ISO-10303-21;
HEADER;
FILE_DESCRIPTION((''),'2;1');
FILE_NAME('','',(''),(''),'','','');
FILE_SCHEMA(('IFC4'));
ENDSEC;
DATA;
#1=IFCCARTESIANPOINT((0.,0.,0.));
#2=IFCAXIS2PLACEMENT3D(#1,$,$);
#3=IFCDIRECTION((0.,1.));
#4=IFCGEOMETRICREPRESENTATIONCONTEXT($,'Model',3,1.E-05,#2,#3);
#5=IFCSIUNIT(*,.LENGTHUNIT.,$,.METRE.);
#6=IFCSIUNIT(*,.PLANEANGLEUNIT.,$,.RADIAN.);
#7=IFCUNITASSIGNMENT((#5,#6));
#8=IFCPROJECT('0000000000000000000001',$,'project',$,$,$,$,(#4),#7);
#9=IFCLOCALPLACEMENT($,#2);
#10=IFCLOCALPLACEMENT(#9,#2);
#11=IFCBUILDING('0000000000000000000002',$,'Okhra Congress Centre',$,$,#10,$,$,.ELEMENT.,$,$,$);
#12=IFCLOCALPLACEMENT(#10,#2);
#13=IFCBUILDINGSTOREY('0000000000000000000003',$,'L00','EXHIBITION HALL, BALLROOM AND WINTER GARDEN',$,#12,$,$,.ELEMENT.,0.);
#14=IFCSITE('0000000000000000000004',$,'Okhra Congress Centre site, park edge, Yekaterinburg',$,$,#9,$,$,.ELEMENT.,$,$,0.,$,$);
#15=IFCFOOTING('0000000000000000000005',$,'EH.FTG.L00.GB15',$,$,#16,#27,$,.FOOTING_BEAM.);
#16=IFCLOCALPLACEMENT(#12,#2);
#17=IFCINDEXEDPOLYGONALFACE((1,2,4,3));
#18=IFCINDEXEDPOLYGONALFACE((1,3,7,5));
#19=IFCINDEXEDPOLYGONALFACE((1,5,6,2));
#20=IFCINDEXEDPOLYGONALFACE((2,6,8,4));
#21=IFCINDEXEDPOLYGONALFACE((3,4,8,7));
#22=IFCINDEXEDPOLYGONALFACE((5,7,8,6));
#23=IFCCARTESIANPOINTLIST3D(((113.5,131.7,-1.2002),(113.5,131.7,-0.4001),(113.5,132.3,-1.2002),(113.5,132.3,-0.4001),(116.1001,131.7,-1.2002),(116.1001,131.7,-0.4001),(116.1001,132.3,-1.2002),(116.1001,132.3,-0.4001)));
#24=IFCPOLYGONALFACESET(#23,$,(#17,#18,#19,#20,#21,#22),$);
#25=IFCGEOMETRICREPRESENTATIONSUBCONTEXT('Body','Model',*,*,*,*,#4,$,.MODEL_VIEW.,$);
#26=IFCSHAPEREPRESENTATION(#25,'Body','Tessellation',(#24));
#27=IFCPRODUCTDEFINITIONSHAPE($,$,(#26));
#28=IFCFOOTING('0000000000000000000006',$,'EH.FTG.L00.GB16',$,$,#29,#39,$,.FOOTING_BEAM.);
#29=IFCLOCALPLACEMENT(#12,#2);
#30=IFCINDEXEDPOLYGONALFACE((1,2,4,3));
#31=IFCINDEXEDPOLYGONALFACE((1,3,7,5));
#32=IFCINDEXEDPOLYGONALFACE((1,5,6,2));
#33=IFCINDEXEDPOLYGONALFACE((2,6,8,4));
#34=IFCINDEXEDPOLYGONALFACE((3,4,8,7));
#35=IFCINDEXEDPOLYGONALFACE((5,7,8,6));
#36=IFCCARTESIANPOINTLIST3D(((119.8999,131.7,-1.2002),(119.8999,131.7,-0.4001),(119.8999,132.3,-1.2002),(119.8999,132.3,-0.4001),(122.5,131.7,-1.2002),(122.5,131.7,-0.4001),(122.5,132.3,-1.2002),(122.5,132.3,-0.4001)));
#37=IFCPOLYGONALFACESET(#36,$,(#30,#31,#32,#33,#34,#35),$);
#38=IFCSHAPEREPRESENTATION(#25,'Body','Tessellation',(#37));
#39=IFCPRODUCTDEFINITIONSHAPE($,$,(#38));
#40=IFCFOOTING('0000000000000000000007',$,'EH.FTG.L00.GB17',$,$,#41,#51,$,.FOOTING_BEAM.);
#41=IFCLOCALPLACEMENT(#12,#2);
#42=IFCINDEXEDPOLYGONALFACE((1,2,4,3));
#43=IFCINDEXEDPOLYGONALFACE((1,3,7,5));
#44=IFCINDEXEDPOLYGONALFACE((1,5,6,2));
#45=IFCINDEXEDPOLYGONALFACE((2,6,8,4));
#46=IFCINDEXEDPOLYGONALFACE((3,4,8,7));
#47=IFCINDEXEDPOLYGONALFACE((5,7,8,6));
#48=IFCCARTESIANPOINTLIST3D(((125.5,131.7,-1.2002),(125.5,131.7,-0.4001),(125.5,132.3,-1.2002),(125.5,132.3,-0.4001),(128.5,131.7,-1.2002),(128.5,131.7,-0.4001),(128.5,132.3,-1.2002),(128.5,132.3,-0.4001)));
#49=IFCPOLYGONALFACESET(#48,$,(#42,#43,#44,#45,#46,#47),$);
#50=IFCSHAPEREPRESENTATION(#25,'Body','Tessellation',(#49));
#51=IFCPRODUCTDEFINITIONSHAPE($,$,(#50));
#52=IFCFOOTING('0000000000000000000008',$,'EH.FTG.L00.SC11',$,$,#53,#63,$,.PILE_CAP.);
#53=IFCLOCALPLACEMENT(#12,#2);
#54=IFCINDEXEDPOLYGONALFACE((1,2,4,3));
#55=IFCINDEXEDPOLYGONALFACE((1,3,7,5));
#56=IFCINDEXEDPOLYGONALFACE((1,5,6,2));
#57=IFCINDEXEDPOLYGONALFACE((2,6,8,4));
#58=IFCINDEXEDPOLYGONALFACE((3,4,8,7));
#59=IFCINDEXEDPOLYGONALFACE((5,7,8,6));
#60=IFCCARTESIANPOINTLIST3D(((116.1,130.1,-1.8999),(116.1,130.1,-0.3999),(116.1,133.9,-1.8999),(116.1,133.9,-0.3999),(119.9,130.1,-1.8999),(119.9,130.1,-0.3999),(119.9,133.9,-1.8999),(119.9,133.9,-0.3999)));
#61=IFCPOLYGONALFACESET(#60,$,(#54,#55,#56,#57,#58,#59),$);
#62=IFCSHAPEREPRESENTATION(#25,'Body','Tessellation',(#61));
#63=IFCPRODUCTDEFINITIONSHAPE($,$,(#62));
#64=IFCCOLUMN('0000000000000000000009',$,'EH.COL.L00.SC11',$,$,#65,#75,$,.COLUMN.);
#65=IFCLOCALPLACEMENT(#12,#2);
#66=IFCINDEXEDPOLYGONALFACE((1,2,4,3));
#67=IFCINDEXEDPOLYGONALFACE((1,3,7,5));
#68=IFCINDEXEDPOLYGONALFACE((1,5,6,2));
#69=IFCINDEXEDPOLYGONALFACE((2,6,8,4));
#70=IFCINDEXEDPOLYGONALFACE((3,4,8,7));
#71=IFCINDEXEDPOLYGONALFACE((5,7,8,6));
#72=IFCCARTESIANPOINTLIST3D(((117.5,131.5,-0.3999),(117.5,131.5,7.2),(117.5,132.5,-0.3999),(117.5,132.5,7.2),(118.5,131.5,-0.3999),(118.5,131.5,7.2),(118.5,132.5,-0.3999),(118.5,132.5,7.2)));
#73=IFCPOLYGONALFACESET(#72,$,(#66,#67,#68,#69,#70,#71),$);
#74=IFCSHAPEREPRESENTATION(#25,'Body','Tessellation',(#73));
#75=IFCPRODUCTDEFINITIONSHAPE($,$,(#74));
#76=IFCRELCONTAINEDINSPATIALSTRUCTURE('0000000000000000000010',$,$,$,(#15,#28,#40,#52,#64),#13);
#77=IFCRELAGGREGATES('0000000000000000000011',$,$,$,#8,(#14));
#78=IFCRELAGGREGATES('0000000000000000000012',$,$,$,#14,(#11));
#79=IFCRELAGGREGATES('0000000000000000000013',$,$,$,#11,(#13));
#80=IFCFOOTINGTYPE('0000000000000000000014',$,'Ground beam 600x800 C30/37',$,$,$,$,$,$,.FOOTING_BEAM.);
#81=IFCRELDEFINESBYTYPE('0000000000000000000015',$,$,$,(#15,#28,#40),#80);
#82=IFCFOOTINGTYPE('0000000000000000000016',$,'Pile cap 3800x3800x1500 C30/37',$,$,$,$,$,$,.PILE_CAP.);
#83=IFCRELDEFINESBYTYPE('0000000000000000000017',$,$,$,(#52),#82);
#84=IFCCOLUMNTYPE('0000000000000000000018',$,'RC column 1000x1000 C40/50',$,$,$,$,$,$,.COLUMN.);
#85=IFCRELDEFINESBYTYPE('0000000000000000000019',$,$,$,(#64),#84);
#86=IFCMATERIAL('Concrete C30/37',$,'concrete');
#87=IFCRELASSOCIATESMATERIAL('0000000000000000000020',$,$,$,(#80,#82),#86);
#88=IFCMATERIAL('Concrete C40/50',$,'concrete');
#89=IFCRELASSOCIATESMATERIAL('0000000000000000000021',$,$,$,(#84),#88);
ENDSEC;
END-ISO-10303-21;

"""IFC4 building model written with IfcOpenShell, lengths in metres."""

from ifc_helpers import new_model, si_unit, direction, frame, origin, origin_2d, place, context, subcontext, project, spatial, rectangle, extrude, material, material_profile, profile_set, type_object, element, save


model = new_model("IFC4")

# Units and contexts
model_context = context("Model", 3, precision=1e-05, world=origin(), true_north=direction((0.0, 1.0)))
body_context = subcontext(model_context, "Body", "Model", "MODEL_VIEW")
ifc_project = project(units=[si_unit("LENGTHUNIT", "METRE"), si_unit("PLANEANGLEUNIT", "RADIAN")], contexts=[model_context])

# Site, building, storey
site_placement = place(None, origin())
site = spatial("IfcSite", under=ifc_project, at=site_placement, Name="Okhra Congress Centre site, park edge, Yekaterinburg", CompositionType="ELEMENT", RefElevation=0.0)
building_placement = place(site_placement, origin())
building = spatial("IfcBuilding", under=site, at=building_placement, Name="Okhra Congress Centre", CompositionType="ELEMENT")
storey_placement = place(building_placement, origin())
storey = spatial("IfcBuildingStorey", under=building, at=storey_placement, Name="L00", Description="EXHIBITION HALL, BALLROOM AND WINTER GARDEN", CompositionType="ELEMENT", Elevation=0.0)

# Shared definitions
ifc_material_1 = material(Name="Concrete C30/37", Category="concrete")

# Footings
footing_type_1 = type_object("IfcFootingType", Name="Ground beam 600x800 C30/37", PredefinedType="FOOTING_BEAM", material=ifc_material_1)
for number, where, z_axis, x_axis, name in (
    (1, (114.8, 132.0, -1.2002), (0.0, 0.0, 1.0), (1.0, 0.0, 0.0), "EH.FTG.L00.GB15"),
    (2, (121.2, 132.0, -1.2002), (0.0, 0.0, 1.0), (1.0, 0.0, 0.0), "EH.FTG.L00.GB16"),
):
    element("IfcFooting", number, at=place(storey_placement, frame(where, z_axis=z_axis, x_axis=x_axis)), inside=storey, type_object=footing_type_1, Name=name, PredefinedType="FOOTING_BEAM", context=body_context, shape_type="SweptSolid", body=[
        extrude(rectangle(XDim=2.6001, YDim=0.6001, at=origin_2d()), origin(), (0.0, 0.0, 1.0), 0.8),
    ])
footing_1_placement = place(storey_placement, frame((127.0, 132.0, -1.2002), z_axis=(0.0, 0.0, 1.0), x_axis=(1.0, 0.0, 0.0)))
element("IfcFooting", 3, at=footing_1_placement, inside=storey, type_object=footing_type_1, Name="EH.FTG.L00.GB17", PredefinedType="FOOTING_BEAM", context=body_context, shape_type="SweptSolid", body=[
    extrude(rectangle(XDim=3.0, YDim=0.6001, at=origin_2d()), origin(), (0.0, 0.0, 1.0), 0.8),
])
footing_type_2 = type_object("IfcFootingType", Name="Pile cap 3800x3800x1500 C30/37", PredefinedType="PILE_CAP", material=ifc_material_1)
footing_2_placement = place(storey_placement, frame((118.0, 132.0, -1.8999), z_axis=(0.0, 0.0, 1.0), x_axis=(1.0, 0.0, 0.0)))
element("IfcFooting", 4, at=footing_2_placement, inside=storey, type_object=footing_type_2, Name="EH.FTG.L00.SC11", PredefinedType="PILE_CAP", context=body_context, shape_type="SweptSolid", body=[
    extrude(rectangle(XDim=3.8, YDim=3.8, at=origin_2d()), origin(), (0.0, 0.0, 1.0), 1.5),
])

# Column
ifc_material_2 = material(Name="Concrete C40/50", Category="concrete")
ifc_material_profile_1 = material_profile(ifc_material_2, rectangle(XDim=1.0, YDim=1.0, at=origin_2d()), Name="RC 1000x1000")
ifc_profile_set_1 = profile_set([ifc_material_profile_1], Name="Concrete C40/50")
column_type = type_object("IfcColumnType", Name="RC column 1000x1000 C40/50", PredefinedType="COLUMN", material=ifc_profile_set_1)
column_placement = place(storey_placement, frame((118.0, 132.0, -0.3999), z_axis=(0.0, 0.0, 1.0), x_axis=(1.0, 0.0, 0.0)))
element("IfcColumn", 5, at=column_placement, inside=storey, type_object=column_type, Name="EH.COL.L00.SC11", PredefinedType="COLUMN", context=body_context, shape_type="SweptSolid", body=[
    extrude(rectangle(XDim=1.0, YDim=1.0, at=origin_2d()), origin(), (0.0, 0.0, 1.0), 7.5999),
])

save(model, "model.ifc")
